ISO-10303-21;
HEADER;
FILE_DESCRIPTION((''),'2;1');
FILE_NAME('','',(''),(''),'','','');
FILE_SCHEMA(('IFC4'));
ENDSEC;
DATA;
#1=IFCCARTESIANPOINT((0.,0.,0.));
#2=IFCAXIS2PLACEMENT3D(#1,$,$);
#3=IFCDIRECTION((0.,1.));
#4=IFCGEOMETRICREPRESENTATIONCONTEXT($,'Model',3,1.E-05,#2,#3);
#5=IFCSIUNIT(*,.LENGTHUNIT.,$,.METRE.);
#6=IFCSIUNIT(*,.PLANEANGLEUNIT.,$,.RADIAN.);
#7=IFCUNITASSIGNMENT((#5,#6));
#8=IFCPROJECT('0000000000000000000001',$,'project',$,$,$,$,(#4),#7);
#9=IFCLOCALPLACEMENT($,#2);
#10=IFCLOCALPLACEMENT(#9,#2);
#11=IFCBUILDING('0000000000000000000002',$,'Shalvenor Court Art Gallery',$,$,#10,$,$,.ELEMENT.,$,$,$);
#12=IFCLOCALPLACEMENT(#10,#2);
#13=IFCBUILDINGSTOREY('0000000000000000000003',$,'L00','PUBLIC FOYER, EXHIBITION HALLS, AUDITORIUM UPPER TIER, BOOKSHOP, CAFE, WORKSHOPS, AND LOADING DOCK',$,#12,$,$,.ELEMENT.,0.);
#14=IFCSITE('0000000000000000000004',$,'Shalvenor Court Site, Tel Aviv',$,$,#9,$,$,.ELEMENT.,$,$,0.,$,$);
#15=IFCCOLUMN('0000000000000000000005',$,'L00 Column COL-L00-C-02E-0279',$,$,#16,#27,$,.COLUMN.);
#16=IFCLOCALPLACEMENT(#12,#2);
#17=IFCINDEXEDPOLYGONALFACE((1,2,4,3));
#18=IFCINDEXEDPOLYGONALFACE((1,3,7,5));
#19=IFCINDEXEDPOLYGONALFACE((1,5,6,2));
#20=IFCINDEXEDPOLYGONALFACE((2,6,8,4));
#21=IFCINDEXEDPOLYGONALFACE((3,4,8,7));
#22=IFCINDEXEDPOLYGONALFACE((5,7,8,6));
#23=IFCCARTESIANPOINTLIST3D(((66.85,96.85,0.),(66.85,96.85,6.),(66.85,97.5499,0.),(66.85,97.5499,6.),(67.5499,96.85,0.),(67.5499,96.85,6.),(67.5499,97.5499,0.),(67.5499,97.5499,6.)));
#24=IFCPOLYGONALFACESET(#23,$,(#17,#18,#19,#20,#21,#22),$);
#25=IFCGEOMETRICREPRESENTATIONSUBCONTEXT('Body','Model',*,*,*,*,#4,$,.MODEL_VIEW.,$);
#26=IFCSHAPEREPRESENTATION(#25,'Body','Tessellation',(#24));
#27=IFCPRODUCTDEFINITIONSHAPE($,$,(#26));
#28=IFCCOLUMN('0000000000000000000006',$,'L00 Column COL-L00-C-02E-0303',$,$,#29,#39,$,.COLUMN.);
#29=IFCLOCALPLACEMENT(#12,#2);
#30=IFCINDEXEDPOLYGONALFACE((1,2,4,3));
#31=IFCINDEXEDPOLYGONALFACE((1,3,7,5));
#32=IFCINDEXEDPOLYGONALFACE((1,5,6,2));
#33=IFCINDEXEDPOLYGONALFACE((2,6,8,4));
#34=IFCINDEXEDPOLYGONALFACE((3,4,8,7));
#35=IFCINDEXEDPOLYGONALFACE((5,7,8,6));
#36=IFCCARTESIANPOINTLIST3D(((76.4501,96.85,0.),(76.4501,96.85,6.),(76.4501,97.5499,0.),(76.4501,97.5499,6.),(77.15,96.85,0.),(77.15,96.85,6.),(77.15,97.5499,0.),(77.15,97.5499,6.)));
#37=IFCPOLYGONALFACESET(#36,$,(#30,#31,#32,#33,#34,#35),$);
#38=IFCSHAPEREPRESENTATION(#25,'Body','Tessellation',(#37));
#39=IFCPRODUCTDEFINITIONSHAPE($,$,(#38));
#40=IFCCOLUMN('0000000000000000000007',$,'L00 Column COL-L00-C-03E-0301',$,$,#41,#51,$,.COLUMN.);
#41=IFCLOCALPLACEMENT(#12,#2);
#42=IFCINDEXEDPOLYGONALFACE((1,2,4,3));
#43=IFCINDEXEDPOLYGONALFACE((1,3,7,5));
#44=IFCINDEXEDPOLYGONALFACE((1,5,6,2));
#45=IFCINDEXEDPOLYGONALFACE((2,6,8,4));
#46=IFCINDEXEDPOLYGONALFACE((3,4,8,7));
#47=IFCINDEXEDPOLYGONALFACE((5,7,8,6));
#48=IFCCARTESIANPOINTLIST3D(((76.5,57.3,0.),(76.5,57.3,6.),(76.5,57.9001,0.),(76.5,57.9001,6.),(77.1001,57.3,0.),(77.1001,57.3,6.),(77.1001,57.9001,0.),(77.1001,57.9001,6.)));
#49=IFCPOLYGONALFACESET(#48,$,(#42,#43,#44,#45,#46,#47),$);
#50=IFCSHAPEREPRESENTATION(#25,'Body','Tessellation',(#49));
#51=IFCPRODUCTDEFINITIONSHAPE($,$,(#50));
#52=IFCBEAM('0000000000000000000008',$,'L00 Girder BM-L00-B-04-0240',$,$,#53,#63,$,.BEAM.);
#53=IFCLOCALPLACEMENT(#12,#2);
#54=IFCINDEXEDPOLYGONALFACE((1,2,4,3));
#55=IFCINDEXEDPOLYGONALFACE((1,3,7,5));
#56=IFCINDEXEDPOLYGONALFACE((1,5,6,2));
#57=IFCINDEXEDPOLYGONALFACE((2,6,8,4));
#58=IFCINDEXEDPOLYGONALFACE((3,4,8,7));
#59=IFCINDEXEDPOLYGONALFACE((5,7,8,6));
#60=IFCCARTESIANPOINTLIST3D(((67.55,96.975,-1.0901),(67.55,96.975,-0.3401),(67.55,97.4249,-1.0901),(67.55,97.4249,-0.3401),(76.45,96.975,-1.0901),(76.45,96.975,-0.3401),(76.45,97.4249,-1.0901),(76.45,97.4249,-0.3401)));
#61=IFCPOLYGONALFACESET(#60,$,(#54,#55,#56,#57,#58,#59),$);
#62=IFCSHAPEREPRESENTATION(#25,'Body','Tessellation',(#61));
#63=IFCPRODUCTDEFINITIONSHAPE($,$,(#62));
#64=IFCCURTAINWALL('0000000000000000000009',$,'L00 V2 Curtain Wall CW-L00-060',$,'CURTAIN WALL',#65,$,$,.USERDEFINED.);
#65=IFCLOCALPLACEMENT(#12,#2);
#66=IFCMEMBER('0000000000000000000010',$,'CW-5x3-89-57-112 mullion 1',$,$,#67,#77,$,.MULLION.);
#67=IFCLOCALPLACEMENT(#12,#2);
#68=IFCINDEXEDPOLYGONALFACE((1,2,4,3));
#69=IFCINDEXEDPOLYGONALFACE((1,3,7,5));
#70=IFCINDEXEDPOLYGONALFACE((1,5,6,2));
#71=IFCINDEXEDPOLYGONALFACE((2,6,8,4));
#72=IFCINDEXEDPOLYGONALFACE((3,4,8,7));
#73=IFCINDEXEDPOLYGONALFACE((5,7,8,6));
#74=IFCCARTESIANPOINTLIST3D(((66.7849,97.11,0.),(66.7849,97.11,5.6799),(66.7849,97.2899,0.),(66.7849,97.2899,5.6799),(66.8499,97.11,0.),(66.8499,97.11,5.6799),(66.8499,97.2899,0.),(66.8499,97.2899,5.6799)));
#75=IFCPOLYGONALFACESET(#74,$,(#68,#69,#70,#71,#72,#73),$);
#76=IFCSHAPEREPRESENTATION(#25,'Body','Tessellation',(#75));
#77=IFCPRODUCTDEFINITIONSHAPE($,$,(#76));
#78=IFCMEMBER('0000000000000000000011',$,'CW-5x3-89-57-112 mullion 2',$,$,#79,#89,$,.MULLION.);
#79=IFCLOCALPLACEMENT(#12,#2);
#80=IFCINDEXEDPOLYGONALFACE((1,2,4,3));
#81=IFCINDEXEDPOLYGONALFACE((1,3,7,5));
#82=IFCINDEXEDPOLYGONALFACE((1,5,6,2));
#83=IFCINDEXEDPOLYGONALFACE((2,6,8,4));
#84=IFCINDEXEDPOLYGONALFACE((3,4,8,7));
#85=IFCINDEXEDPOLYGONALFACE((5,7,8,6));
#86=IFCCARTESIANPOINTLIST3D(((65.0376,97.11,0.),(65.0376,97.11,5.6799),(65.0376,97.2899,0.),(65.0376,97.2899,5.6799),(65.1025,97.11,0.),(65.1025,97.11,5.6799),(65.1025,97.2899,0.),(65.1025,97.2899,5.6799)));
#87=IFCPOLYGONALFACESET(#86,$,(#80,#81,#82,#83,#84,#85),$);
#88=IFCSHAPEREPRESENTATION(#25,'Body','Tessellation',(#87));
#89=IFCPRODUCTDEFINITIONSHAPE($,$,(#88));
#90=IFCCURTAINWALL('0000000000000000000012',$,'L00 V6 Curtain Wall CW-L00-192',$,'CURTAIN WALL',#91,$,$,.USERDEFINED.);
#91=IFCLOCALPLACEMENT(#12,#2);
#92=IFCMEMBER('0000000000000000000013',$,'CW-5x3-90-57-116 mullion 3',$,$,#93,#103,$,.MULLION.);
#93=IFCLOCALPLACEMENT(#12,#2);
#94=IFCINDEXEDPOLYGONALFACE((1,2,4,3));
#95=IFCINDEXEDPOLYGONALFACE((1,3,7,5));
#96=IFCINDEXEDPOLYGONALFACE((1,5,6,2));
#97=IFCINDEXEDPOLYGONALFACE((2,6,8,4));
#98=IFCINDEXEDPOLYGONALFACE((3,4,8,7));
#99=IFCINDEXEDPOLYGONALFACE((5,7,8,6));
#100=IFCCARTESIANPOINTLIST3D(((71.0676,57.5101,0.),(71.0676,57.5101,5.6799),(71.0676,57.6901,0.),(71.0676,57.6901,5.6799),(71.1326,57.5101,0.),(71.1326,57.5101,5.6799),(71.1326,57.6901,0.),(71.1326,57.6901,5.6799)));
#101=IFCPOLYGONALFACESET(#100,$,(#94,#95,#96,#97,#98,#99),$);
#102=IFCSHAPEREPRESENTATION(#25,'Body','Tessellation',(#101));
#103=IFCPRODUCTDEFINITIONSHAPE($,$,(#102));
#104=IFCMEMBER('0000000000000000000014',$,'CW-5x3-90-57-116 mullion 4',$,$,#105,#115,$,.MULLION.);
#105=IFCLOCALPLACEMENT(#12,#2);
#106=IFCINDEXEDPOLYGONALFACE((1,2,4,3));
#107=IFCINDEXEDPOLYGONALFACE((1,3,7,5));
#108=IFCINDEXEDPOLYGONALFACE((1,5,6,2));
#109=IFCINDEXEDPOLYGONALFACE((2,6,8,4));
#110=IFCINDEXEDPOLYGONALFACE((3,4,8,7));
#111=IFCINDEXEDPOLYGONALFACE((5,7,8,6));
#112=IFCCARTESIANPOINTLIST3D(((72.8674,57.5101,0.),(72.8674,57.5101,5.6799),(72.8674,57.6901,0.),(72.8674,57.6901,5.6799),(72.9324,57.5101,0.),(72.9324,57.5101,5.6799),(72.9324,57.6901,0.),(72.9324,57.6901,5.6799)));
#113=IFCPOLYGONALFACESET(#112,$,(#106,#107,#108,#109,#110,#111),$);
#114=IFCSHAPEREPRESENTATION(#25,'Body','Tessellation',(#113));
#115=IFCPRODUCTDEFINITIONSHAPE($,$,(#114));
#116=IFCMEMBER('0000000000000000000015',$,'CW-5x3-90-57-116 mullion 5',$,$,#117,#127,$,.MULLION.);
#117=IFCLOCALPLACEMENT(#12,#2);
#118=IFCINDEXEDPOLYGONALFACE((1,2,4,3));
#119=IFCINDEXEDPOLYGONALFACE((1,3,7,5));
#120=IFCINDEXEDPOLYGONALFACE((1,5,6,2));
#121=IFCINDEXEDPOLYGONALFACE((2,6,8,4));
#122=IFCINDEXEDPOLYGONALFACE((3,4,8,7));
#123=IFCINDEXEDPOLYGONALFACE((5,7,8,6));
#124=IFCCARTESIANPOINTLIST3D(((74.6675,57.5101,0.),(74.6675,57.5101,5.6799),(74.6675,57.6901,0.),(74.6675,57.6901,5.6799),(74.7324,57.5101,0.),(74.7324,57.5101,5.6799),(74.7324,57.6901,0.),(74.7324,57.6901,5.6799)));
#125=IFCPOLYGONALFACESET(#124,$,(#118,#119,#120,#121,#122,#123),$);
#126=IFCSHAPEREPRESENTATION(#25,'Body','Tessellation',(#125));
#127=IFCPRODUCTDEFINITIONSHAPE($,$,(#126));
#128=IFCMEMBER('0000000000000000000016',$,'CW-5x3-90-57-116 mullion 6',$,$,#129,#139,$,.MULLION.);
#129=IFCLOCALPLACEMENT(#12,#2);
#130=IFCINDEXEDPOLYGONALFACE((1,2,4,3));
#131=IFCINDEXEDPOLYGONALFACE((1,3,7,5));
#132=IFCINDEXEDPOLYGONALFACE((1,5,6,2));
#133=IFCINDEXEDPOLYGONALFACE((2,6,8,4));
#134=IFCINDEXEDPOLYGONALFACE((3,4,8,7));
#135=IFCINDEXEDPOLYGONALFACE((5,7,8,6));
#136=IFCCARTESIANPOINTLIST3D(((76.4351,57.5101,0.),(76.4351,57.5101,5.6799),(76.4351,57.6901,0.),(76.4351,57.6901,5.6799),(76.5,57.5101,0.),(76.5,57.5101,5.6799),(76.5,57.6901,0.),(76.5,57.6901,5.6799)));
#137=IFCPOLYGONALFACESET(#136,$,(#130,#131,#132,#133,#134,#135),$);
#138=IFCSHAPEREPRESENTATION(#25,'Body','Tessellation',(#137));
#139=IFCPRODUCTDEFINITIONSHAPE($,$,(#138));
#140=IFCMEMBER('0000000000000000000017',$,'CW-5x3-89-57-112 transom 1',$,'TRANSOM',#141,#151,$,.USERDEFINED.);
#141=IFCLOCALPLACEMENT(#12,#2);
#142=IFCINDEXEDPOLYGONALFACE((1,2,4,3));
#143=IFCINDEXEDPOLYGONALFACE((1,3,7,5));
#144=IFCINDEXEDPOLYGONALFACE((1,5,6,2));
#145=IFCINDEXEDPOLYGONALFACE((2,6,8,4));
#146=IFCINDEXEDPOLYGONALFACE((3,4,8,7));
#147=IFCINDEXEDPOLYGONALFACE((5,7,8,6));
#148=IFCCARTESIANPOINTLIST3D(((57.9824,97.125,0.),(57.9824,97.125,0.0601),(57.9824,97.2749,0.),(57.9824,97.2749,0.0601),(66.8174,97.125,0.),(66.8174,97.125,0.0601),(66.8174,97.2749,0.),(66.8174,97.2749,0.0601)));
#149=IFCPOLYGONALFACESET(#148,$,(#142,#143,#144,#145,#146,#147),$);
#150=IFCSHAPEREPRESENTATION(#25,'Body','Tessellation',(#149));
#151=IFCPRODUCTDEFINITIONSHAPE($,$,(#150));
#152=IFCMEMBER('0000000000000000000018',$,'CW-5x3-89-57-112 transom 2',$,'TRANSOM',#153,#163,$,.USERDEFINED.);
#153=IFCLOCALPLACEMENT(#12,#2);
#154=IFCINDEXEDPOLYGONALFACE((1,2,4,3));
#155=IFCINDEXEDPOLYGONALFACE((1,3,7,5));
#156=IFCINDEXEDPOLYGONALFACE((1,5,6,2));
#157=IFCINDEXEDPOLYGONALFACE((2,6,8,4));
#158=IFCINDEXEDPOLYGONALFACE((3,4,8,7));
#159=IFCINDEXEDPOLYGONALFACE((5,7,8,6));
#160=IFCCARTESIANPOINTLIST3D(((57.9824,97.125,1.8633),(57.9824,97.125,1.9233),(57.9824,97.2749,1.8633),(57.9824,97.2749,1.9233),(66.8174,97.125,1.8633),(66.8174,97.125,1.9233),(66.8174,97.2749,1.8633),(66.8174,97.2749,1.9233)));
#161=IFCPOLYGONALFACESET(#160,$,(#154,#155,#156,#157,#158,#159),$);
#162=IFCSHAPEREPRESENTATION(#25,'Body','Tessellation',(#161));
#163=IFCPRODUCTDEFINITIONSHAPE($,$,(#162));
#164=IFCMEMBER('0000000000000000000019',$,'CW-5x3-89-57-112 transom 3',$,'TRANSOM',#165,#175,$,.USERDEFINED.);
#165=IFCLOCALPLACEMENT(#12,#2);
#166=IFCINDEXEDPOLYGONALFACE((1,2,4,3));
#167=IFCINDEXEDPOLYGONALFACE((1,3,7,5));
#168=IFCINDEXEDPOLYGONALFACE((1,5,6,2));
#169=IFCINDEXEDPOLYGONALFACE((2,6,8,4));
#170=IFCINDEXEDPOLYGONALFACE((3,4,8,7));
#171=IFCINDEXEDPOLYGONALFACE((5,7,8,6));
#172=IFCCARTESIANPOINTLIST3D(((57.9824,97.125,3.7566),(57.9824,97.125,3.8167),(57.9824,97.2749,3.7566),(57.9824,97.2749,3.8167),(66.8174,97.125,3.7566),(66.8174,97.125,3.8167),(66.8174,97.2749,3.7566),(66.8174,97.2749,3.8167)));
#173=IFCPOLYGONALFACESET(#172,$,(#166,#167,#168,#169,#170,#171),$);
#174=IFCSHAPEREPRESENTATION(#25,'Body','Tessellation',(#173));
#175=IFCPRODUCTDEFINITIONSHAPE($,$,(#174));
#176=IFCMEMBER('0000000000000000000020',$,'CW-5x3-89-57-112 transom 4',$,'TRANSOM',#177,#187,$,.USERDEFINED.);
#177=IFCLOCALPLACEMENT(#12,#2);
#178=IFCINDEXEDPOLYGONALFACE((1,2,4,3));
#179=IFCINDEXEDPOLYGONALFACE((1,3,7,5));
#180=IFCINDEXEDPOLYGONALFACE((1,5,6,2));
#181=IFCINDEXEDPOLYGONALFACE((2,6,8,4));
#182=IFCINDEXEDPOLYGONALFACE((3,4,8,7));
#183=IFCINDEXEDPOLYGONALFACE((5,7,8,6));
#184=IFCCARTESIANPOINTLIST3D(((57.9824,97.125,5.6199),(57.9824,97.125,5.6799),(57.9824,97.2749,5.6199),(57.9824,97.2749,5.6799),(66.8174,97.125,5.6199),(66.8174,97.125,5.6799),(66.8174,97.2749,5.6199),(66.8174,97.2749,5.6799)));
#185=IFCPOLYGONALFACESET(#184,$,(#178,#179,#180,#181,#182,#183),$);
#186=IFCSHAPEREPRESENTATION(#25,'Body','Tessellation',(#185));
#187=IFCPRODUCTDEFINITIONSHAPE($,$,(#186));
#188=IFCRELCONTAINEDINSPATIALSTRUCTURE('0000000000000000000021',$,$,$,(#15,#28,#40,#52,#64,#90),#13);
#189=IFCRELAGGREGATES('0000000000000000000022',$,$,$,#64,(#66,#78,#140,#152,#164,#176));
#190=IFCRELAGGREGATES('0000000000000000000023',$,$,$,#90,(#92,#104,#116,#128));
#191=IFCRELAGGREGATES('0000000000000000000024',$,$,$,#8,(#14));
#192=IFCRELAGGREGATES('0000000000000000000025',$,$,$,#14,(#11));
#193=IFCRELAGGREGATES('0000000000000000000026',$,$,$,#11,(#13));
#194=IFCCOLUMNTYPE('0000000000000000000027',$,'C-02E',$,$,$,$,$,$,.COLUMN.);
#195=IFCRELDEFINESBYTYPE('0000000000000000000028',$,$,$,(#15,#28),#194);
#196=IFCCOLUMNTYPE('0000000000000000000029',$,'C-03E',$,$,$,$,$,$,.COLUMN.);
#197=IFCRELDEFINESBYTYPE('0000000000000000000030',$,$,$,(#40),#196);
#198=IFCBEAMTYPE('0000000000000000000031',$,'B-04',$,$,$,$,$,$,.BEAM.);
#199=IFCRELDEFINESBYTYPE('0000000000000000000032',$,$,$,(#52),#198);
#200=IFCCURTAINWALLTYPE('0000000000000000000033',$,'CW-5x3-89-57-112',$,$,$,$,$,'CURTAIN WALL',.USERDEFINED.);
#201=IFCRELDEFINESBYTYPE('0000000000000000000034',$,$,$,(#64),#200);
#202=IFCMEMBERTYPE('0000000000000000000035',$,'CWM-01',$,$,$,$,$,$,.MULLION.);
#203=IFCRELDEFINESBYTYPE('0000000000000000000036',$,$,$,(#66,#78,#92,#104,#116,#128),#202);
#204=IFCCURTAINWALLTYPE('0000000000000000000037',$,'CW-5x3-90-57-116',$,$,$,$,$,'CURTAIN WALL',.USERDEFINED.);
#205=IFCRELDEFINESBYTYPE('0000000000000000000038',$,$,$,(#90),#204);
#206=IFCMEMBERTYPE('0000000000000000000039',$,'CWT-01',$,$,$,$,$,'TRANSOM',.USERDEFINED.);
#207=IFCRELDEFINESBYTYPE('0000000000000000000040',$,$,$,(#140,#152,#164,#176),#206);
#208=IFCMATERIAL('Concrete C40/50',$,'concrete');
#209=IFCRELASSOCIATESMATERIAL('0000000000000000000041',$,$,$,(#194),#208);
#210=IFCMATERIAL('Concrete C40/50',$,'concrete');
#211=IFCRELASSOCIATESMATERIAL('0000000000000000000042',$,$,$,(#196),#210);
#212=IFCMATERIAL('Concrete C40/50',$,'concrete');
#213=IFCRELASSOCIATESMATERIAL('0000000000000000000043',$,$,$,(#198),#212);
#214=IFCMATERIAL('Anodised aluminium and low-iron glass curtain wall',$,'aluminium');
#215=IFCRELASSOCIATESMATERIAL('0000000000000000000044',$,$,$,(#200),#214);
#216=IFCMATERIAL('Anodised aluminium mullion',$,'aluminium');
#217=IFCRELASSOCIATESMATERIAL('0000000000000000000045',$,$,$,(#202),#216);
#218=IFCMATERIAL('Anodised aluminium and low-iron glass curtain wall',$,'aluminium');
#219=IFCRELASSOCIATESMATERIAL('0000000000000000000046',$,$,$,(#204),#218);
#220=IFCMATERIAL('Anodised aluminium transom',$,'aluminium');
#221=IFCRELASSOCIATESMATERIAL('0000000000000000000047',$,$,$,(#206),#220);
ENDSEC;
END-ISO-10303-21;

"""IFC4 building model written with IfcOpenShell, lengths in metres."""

from ifc_helpers import new_model, si_unit, direction, frame, origin, origin_2d, place, context, subcontext, project, spatial, rectangle, extrude, material, material_profile, profile_set, type_object, element, aggregate, save


model = new_model("IFC4")

# Units and contexts
model_context = context("Model", 3, precision=1e-05, world=origin(), true_north=direction((0.0, 1.0)))
body_context = subcontext(model_context, "Body", "Model", "MODEL_VIEW")
ifc_project = project(units=[si_unit("LENGTHUNIT", "METRE"), si_unit("PLANEANGLEUNIT", "RADIAN")], contexts=[model_context])

# Site, building, storey
site_placement = place(None, origin())
site = spatial("IfcSite", under=ifc_project, at=site_placement, Name="Shalvenor Court Site, Tel Aviv", CompositionType="ELEMENT", RefElevation=0.0)
building_placement = place(site_placement, origin())
building = spatial("IfcBuilding", under=site, at=building_placement, Name="Shalvenor Court Art Gallery", CompositionType="ELEMENT")
storey_placement = place(building_placement, origin())
storey = spatial("IfcBuildingStorey", under=building, at=storey_placement, Name="L00", Description="PUBLIC FOYER, EXHIBITION HALLS, AUDITORIUM UPPER TIER, BOOKSHOP, CAFE, WORKSHOPS, AND LOADING DOCK", CompositionType="ELEMENT", Elevation=0.0)

# Columns
ifc_material_1 = material(Name="Concrete C40/50", Category="concrete")
ifc_material_profile_1 = material_profile(ifc_material_1, rectangle(XDim=0.7, YDim=0.7, at=origin_2d()), Name="RC 700x700")
ifc_profile_set_1 = profile_set([ifc_material_profile_1], Name="Concrete C40/50")
column_type_1 = type_object("IfcColumnType", Name="C-02E", PredefinedType="COLUMN", material=ifc_profile_set_1)
for number, where, z_axis, x_axis, name in (
    (1, (67.2, 97.2, 0.0), (0.0, 0.0, 1.0), (1.0, 0.0, 0.0), "L00 Column COL-L00-C-02E-0279"),
    (2, (76.8, 97.2, 0.0), (0.0, 0.0, 1.0), (1.0, 0.0, 0.0), "L00 Column COL-L00-C-02E-0303"),
):
    element("IfcColumn", number, at=place(storey_placement, frame(where, z_axis=z_axis, x_axis=x_axis)), inside=storey, type_object=column_type_1, Name=name, PredefinedType="COLUMN", context=body_context, shape_type="SweptSolid", body=[
        extrude(rectangle(XDim=0.7, YDim=0.7, at=origin_2d()), origin(), (0.0, 0.0, 1.0), 6.0),
    ])
ifc_material_2 = material(Name="Concrete C40/50", Category="concrete")
ifc_material_profile_2 = material_profile(ifc_material_2, rectangle(XDim=0.6001, YDim=0.6001, at=origin_2d()), Name="RC 600x600")
ifc_profile_set_2 = profile_set([ifc_material_profile_2], Name="Concrete C40/50")
column_type_2 = type_object("IfcColumnType", Name="C-03E", PredefinedType="COLUMN", material=ifc_profile_set_2)
column_placement = place(storey_placement, frame((76.8, 57.6001, 0.0), z_axis=(0.0, 0.0, 1.0), x_axis=(1.0, 0.0, 0.0)))
element("IfcColumn", 3, at=column_placement, inside=storey, type_object=column_type_2, Name="L00 Column COL-L00-C-03E-0301", PredefinedType="COLUMN", context=body_context, shape_type="SweptSolid", body=[
    extrude(rectangle(XDim=0.6001, YDim=0.6001, at=origin_2d()), origin(), (0.0, 0.0, 1.0), 6.0),
])

# Beam
ifc_material_3 = material(Name="Concrete C40/50", Category="concrete")
ifc_material_profile_3 = material_profile(ifc_material_3, rectangle(XDim=0.45, YDim=0.75, at=origin_2d()), Name="RC 450x750")
ifc_profile_set_3 = profile_set([ifc_material_profile_3], Name="Concrete C40/50")
beam_type = type_object("IfcBeamType", Name="B-04", PredefinedType="BEAM", material=ifc_profile_set_3)
beam_placement = place(storey_placement, frame((67.55, 97.2, -0.7151), z_axis=(1.0, 0.0, 0.0), x_axis=(0.0, 1.0, 0.0)))
element("IfcBeam", 4, at=beam_placement, inside=storey, type_object=beam_type, Name="L00 Girder BM-L00-B-04-0240", PredefinedType="BEAM", context=body_context, shape_type="SweptSolid", body=[
    extrude(rectangle(XDim=0.45, YDim=0.75, at=origin_2d()), origin(), (0.0, 0.0, 1.0), 8.8999),
])

# Curtain walls, members
ifc_material_4 = material(Name="Anodised aluminium and low-iron glass curtain wall", Category="aluminium")
curtain_wall_type_1 = type_object("IfcCurtainWallType", Name="CW-5x3-89-57-112", ElementType="CURTAIN WALL", PredefinedType="USERDEFINED", material=ifc_material_4)
curtain_wall_1_placement = place(storey_placement, origin())
curtain_wall_1 = element("IfcCurtainWall", 5, at=curtain_wall_1_placement, inside=storey, type_object=curtain_wall_type_1, Name="L00 V2 Curtain Wall CW-L00-060", ObjectType="CURTAIN WALL", PredefinedType="USERDEFINED")
ifc_material_5 = material(Name="Anodised aluminium mullion", Category="aluminium")
ifc_material_profile_4 = material_profile(ifc_material_5, rectangle(XDim=0.0649, YDim=0.1799, at=origin_2d()), Name="CWM-01")
ifc_profile_set_4 = profile_set([ifc_material_profile_4], Name="Anodised aluminium mullion")
member_type_1 = type_object("IfcMemberType", Name="CWM-01", PredefinedType="MULLION", material=ifc_profile_set_4)
member_1_placement = place(storey_placement, frame((66.8174, 97.2, 0.0), z_axis=(0.0, 0.0, 1.0), x_axis=(-1.0, 0.0, 0.0)))
member_1 = element("IfcMember", 6, at=member_1_placement, type_object=member_type_1, Name="CW-5x3-89-57-112 mullion 1", PredefinedType="MULLION", context=body_context, shape_type="SweptSolid", body=[
    extrude(rectangle(XDim=0.0649, YDim=0.1799, at=origin_2d()), origin(), (0.0, 0.0, 1.0), 5.6799),
])
member_2_placement = place(storey_placement, frame((65.0701, 97.2, 0.0), z_axis=(0.0, 0.0, 1.0), x_axis=(-1.0, 0.0, 0.0)))
member_2 = element("IfcMember", 7, at=member_2_placement, type_object=member_type_1, Name="CW-5x3-89-57-112 mullion 2", PredefinedType="MULLION", context=body_context, shape_type="SweptSolid", body=[
    extrude(rectangle(XDim=0.0649, YDim=0.1799, at=origin_2d()), origin(), (0.0, 0.0, 1.0), 5.6799),
])
ifc_material_6 = material(Name="Anodised aluminium and low-iron glass curtain wall", Category="aluminium")
curtain_wall_type_2 = type_object("IfcCurtainWallType", Name="CW-5x3-90-57-116", ElementType="CURTAIN WALL", PredefinedType="USERDEFINED", material=ifc_material_6)
curtain_wall_2_placement = place(storey_placement, origin())
curtain_wall_2 = element("IfcCurtainWall", 8, at=curtain_wall_2_placement, inside=storey, type_object=curtain_wall_type_2, Name="L00 V6 Curtain Wall CW-L00-192", ObjectType="CURTAIN WALL", PredefinedType="USERDEFINED")
member_3_placement = place(storey_placement, frame((71.1001, 57.6001, 0.0), z_axis=(0.0, 0.0, 1.0), x_axis=(1.0, 0.0, 0.0)))
member_3 = element("IfcMember", 9, at=member_3_placement, type_object=member_type_1, Name="CW-5x3-90-57-116 mullion 3", PredefinedType="MULLION", context=body_context, shape_type="SweptSolid", body=[
    extrude(rectangle(XDim=0.0649, YDim=0.1799, at=origin_2d()), origin(), (0.0, 0.0, 1.0), 5.6799),
])
member_4_placement = place(storey_placement, frame((72.8999, 57.6001, 0.0), z_axis=(0.0, 0.0, 1.0), x_axis=(1.0, 0.0, 0.0)))
member_4 = element("IfcMember", 10, at=member_4_placement, type_object=member_type_1, Name="CW-5x3-90-57-116 mullion 4", PredefinedType="MULLION", context=body_context, shape_type="SweptSolid", body=[
    extrude(rectangle(XDim=0.0649, YDim=0.1799, at=origin_2d()), origin(), (0.0, 0.0, 1.0), 5.6799),
])
member_5_placement = place(storey_placement, frame((74.7, 57.6001, 0.0), z_axis=(0.0, 0.0, 1.0), x_axis=(1.0, 0.0, 0.0)))
member_5 = element("IfcMember", 11, at=member_5_placement, type_object=member_type_1, Name="CW-5x3-90-57-116 mullion 5", PredefinedType="MULLION", context=body_context, shape_type="SweptSolid", body=[
    extrude(rectangle(XDim=0.0649, YDim=0.1799, at=origin_2d()), origin(), (0.0, 0.0, 1.0), 5.6799),
])
member_6_placement = place(storey_placement, frame((76.4675, 57.6001, 0.0), z_axis=(0.0, 0.0, 1.0), x_axis=(1.0, 0.0, 0.0)))
member_6 = element("IfcMember", 12, at=member_6_placement, type_object=member_type_1, Name="CW-5x3-90-57-116 mullion 6", PredefinedType="MULLION", context=body_context, shape_type="SweptSolid", body=[
    extrude(rectangle(XDim=0.0649, YDim=0.1799, at=origin_2d()), origin(), (0.0, 0.0, 1.0), 5.6799),
])

# Members
ifc_material_7 = material(Name="Anodised aluminium transom", Category="aluminium")
ifc_material_profile_5 = material_profile(ifc_material_7, rectangle(XDim=0.1499, YDim=0.0601, at=origin_2d()), Name="CWT-01")
ifc_profile_set_5 = profile_set([ifc_material_profile_5], Name="Anodised aluminium transom")
member_type_2 = type_object("IfcMemberType", Name="CWT-01", ElementType="TRANSOM", PredefinedType="USERDEFINED", material=ifc_profile_set_5)
member_7_placement = place(storey_placement, frame((66.8174, 97.2, 0.03), z_axis=(-1.0, 0.0, 0.0), x_axis=(0.0, -1.0, 0.0)))
member_7 = element("IfcMember", 13, at=member_7_placement, type_object=member_type_2, Name="CW-5x3-89-57-112 transom 1", ObjectType="TRANSOM", PredefinedType="USERDEFINED", context=body_context, shape_type="SweptSolid", body=[
    extrude(rectangle(XDim=0.1499, YDim=0.0601, at=origin_2d()), origin(), (0.0, 0.0, 1.0), 8.835),
])
member_8_placement = place(storey_placement, frame((66.8174, 97.2, 1.8933), z_axis=(-1.0, 0.0, 0.0), x_axis=(0.0, -1.0, 0.0)))
member_8 = element("IfcMember", 14, at=member_8_placement, type_object=member_type_2, Name="CW-5x3-89-57-112 transom 2", ObjectType="TRANSOM", PredefinedType="USERDEFINED", context=body_context, shape_type="SweptSolid", body=[
    extrude(rectangle(XDim=0.1499, YDim=0.0601, at=origin_2d()), origin(), (0.0, 0.0, 1.0), 8.835),
])
member_9_placement = place(storey_placement, frame((66.8174, 97.2, 3.7866), z_axis=(-1.0, 0.0, 0.0), x_axis=(0.0, -1.0, 0.0)))
member_9 = element("IfcMember", 15, at=member_9_placement, type_object=member_type_2, Name="CW-5x3-89-57-112 transom 3", ObjectType="TRANSOM", PredefinedType="USERDEFINED", context=body_context, shape_type="SweptSolid", body=[
    extrude(rectangle(XDim=0.1499, YDim=0.0601, at=origin_2d()), origin(), (0.0, 0.0, 1.0), 8.835),
])
member_10_placement = place(storey_placement, frame((66.8174, 97.2, 5.6499), z_axis=(-1.0, 0.0, 0.0), x_axis=(0.0, -1.0, 0.0)))
member_10 = element("IfcMember", 16, at=member_10_placement, type_object=member_type_2, Name="CW-5x3-89-57-112 transom 4", ObjectType="TRANSOM", PredefinedType="USERDEFINED", context=body_context, shape_type="SweptSolid", body=[
    extrude(rectangle(XDim=0.1499, YDim=0.0601, at=origin_2d()), origin(), (0.0, 0.0, 1.0), 8.835),
])

aggregate(curtain_wall_1, [member_1, member_2, member_7, member_8, member_9, member_10])
aggregate(curtain_wall_2, [member_3, member_4, member_5, member_6])

save(model, "model.ifc")
